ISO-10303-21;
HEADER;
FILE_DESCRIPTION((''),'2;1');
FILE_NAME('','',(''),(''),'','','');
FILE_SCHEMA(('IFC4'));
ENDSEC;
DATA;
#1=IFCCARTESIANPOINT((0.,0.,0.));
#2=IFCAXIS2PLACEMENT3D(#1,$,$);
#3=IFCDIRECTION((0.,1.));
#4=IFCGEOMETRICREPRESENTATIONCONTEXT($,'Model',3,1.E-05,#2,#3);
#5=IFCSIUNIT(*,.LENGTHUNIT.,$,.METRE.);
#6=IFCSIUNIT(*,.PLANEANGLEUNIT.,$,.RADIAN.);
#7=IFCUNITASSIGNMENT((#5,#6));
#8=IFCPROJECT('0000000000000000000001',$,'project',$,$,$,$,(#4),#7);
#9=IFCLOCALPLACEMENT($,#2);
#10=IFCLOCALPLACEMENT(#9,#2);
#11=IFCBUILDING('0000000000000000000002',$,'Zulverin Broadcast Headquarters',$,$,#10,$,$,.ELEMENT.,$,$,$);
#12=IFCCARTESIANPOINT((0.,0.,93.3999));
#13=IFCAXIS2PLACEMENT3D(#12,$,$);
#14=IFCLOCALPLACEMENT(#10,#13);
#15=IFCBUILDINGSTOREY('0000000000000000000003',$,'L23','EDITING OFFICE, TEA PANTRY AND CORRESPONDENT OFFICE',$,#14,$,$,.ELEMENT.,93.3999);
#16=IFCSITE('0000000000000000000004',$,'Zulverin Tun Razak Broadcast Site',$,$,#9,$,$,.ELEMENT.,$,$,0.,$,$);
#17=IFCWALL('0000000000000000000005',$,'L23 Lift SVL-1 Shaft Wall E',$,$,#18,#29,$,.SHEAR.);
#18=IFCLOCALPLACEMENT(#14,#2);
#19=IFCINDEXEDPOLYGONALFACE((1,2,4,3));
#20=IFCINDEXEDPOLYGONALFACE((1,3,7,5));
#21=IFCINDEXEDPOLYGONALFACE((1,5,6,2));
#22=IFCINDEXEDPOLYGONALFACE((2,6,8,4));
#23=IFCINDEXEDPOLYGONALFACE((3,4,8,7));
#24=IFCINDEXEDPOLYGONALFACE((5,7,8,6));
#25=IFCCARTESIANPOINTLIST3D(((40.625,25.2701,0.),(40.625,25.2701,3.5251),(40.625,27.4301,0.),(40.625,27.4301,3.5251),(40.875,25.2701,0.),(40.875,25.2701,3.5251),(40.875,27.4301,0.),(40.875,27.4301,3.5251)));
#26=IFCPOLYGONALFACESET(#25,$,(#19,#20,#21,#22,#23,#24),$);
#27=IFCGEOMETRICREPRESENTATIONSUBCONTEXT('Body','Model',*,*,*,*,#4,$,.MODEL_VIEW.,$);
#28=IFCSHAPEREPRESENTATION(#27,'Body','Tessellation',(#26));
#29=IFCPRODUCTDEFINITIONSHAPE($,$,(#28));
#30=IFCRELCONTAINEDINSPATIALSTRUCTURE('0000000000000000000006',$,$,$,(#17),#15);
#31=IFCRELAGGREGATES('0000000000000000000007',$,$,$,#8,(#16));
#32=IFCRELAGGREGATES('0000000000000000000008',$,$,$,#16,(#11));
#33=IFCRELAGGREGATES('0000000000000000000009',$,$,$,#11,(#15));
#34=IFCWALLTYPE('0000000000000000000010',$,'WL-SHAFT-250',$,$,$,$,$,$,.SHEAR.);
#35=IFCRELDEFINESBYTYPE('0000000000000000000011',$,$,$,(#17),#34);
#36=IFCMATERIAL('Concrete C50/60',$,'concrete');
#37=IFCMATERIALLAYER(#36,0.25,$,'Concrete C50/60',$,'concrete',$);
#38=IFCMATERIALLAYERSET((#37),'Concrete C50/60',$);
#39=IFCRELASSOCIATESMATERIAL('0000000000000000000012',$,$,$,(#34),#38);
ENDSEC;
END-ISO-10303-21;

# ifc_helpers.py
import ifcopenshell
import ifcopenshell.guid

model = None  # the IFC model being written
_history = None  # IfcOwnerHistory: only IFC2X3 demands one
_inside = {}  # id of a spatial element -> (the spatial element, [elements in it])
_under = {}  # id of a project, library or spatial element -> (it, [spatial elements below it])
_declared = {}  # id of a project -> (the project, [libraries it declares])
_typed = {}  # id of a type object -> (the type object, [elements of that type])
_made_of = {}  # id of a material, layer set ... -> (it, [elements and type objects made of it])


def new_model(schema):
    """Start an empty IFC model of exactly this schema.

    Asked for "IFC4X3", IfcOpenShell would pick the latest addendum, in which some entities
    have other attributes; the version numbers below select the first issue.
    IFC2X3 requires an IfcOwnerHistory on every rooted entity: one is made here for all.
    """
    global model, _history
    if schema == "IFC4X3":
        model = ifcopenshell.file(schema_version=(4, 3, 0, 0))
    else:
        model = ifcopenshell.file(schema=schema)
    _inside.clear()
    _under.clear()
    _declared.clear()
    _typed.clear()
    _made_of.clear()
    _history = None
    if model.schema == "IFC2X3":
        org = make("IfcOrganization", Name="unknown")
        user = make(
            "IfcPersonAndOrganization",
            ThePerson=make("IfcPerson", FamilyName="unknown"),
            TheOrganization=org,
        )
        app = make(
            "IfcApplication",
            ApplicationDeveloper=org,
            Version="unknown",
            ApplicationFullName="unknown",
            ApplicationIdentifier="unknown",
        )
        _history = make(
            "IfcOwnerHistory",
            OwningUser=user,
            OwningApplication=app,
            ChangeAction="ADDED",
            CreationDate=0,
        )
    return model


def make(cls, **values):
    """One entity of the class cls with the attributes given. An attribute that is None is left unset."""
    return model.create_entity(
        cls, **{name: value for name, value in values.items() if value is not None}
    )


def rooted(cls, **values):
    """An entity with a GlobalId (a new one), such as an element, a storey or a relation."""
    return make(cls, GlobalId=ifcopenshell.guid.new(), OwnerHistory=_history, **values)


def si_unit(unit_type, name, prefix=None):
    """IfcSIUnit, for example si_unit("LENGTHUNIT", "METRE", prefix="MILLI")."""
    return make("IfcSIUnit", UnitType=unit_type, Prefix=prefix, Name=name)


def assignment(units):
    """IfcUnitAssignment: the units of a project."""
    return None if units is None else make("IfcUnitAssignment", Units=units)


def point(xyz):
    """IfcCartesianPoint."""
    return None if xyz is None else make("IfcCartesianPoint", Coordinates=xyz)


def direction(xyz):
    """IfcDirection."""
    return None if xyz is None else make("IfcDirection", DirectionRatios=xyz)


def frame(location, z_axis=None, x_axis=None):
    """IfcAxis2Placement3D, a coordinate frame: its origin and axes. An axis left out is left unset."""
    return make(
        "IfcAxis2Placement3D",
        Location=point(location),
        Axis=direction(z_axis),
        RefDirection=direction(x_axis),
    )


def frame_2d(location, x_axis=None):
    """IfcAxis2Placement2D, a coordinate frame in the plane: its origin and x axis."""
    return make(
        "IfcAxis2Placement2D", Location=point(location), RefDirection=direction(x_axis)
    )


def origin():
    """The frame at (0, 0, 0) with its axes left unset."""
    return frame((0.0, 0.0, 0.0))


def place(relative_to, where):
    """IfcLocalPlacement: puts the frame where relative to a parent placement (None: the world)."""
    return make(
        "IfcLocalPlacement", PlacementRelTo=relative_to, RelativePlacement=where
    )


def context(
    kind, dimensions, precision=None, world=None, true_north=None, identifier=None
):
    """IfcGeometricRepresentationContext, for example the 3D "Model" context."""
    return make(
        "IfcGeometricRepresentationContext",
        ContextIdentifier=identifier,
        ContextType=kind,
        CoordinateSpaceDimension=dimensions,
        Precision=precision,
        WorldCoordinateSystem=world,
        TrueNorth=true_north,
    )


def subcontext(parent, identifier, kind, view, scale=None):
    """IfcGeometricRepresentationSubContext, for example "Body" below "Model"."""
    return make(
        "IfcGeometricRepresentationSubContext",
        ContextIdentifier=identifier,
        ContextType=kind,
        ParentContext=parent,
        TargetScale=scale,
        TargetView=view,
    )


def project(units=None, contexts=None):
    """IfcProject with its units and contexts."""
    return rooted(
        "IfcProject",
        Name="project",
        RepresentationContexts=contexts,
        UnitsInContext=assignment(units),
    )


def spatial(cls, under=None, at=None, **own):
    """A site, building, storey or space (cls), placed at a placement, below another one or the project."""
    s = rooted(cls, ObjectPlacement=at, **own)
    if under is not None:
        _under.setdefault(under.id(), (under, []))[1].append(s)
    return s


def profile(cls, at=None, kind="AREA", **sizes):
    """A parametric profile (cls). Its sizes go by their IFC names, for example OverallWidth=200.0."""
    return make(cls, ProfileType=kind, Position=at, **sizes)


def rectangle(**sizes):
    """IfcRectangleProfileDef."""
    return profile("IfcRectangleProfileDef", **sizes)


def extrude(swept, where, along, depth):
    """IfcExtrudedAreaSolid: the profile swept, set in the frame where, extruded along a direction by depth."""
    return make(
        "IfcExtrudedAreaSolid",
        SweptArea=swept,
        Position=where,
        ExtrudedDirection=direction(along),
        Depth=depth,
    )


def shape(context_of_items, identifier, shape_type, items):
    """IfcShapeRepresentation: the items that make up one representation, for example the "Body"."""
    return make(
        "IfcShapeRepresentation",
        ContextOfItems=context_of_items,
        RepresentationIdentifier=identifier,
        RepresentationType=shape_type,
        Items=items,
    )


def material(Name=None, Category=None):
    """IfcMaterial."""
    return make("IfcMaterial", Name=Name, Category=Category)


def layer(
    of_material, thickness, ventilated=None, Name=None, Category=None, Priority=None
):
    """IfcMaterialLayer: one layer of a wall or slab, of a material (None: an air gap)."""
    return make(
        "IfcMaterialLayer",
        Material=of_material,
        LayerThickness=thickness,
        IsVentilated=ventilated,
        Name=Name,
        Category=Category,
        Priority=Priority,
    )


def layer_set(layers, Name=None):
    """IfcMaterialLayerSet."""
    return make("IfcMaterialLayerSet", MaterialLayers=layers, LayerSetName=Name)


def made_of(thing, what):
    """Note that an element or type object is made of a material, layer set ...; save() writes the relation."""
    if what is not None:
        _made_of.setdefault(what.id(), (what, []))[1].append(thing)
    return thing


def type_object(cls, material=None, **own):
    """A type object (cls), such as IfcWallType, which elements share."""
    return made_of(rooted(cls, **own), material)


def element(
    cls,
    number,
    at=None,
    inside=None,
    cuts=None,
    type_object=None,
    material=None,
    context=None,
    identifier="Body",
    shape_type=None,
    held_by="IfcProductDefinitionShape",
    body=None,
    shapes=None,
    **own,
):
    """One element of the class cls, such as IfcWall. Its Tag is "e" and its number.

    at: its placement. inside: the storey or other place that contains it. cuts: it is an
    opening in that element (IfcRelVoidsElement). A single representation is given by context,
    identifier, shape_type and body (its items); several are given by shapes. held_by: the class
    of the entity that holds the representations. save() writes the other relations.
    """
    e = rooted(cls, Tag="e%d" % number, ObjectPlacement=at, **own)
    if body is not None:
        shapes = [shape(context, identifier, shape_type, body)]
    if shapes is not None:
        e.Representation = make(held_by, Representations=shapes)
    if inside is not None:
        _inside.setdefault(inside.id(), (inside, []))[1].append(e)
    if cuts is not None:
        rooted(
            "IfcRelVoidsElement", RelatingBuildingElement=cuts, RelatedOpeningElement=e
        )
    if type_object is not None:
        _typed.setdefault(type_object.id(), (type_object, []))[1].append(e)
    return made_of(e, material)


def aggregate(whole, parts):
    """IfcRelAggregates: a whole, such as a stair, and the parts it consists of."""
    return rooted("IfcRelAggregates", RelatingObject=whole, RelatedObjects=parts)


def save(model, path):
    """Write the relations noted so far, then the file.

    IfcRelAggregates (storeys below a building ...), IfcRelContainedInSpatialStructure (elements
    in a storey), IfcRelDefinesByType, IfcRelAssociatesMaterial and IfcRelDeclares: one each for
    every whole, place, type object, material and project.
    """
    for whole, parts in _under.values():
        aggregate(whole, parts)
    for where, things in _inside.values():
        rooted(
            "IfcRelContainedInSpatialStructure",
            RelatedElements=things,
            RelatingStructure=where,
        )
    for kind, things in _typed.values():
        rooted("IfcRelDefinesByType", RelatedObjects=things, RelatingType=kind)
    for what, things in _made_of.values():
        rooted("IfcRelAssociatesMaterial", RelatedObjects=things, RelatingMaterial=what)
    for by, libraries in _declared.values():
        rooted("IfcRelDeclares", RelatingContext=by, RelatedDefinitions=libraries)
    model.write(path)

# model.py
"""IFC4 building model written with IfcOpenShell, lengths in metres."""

from ifc_helpers import new_model, si_unit, direction, frame, frame_2d, origin, place, context, subcontext, project, spatial, rectangle, extrude, material, layer, layer_set, type_object, element, save


model = new_model("IFC4")

# Units and contexts
model_context = context("Model", 3, precision=1e-05, world=origin(), true_north=direction((0.0, 1.0)))
body_context = subcontext(model_context, "Body", "Model", "MODEL_VIEW")
ifc_project = project(units=[si_unit("LENGTHUNIT", "METRE"), si_unit("PLANEANGLEUNIT", "RADIAN")], contexts=[model_context])

# Site, building, storey
site_placement = place(None, origin())
site = spatial("IfcSite", under=ifc_project, at=site_placement, Name="Zulverin Tun Razak Broadcast Site", CompositionType="ELEMENT", RefElevation=0.0)
building_placement = place(site_placement, origin())
building = spatial("IfcBuilding", under=site, at=building_placement, Name="Zulverin Broadcast Headquarters", CompositionType="ELEMENT")
storey_placement = place(building_placement, frame((0.0, 0.0, 93.3999)))
storey = spatial("IfcBuildingStorey", under=building, at=storey_placement, Name="L23", Description="EDITING OFFICE, TEA PANTRY AND CORRESPONDENT OFFICE", CompositionType="ELEMENT", Elevation=93.3999)

# Shared definitions
ifc_material_1 = material(Name="Concrete C50/60", Category="concrete")
ifc_layer_1 = layer(ifc_material_1, 0.25, Name="Concrete C50/60", Category="concrete")
ifc_layer_set_1 = layer_set([ifc_layer_1], Name="Concrete C50/60")
wall_type_1 = type_object("IfcWallType", Name="WL-SHAFT-250", PredefinedType="SHEAR", material=ifc_layer_set_1)

# Wall
wall_1_placement = place(storey_placement, frame((40.75, 25.27, 0.0), z_axis=(0.0, 0.0, 1.0), x_axis=(0.0, 1.0, 0.0)))
element("IfcWall", 1, at=wall_1_placement, inside=storey, type_object=wall_type_1, Name="L23 Lift SVL-1 Shaft Wall E", PredefinedType="SHEAR", context=body_context, shape_type="SweptSolid", body=[
    extrude(rectangle(XDim=2.1599, YDim=0.25, at=frame_2d((1.0801, 0.0))), origin(), (0.0, 0.0, 1.0), 3.5251),
])

save(model, "model.ifc")
